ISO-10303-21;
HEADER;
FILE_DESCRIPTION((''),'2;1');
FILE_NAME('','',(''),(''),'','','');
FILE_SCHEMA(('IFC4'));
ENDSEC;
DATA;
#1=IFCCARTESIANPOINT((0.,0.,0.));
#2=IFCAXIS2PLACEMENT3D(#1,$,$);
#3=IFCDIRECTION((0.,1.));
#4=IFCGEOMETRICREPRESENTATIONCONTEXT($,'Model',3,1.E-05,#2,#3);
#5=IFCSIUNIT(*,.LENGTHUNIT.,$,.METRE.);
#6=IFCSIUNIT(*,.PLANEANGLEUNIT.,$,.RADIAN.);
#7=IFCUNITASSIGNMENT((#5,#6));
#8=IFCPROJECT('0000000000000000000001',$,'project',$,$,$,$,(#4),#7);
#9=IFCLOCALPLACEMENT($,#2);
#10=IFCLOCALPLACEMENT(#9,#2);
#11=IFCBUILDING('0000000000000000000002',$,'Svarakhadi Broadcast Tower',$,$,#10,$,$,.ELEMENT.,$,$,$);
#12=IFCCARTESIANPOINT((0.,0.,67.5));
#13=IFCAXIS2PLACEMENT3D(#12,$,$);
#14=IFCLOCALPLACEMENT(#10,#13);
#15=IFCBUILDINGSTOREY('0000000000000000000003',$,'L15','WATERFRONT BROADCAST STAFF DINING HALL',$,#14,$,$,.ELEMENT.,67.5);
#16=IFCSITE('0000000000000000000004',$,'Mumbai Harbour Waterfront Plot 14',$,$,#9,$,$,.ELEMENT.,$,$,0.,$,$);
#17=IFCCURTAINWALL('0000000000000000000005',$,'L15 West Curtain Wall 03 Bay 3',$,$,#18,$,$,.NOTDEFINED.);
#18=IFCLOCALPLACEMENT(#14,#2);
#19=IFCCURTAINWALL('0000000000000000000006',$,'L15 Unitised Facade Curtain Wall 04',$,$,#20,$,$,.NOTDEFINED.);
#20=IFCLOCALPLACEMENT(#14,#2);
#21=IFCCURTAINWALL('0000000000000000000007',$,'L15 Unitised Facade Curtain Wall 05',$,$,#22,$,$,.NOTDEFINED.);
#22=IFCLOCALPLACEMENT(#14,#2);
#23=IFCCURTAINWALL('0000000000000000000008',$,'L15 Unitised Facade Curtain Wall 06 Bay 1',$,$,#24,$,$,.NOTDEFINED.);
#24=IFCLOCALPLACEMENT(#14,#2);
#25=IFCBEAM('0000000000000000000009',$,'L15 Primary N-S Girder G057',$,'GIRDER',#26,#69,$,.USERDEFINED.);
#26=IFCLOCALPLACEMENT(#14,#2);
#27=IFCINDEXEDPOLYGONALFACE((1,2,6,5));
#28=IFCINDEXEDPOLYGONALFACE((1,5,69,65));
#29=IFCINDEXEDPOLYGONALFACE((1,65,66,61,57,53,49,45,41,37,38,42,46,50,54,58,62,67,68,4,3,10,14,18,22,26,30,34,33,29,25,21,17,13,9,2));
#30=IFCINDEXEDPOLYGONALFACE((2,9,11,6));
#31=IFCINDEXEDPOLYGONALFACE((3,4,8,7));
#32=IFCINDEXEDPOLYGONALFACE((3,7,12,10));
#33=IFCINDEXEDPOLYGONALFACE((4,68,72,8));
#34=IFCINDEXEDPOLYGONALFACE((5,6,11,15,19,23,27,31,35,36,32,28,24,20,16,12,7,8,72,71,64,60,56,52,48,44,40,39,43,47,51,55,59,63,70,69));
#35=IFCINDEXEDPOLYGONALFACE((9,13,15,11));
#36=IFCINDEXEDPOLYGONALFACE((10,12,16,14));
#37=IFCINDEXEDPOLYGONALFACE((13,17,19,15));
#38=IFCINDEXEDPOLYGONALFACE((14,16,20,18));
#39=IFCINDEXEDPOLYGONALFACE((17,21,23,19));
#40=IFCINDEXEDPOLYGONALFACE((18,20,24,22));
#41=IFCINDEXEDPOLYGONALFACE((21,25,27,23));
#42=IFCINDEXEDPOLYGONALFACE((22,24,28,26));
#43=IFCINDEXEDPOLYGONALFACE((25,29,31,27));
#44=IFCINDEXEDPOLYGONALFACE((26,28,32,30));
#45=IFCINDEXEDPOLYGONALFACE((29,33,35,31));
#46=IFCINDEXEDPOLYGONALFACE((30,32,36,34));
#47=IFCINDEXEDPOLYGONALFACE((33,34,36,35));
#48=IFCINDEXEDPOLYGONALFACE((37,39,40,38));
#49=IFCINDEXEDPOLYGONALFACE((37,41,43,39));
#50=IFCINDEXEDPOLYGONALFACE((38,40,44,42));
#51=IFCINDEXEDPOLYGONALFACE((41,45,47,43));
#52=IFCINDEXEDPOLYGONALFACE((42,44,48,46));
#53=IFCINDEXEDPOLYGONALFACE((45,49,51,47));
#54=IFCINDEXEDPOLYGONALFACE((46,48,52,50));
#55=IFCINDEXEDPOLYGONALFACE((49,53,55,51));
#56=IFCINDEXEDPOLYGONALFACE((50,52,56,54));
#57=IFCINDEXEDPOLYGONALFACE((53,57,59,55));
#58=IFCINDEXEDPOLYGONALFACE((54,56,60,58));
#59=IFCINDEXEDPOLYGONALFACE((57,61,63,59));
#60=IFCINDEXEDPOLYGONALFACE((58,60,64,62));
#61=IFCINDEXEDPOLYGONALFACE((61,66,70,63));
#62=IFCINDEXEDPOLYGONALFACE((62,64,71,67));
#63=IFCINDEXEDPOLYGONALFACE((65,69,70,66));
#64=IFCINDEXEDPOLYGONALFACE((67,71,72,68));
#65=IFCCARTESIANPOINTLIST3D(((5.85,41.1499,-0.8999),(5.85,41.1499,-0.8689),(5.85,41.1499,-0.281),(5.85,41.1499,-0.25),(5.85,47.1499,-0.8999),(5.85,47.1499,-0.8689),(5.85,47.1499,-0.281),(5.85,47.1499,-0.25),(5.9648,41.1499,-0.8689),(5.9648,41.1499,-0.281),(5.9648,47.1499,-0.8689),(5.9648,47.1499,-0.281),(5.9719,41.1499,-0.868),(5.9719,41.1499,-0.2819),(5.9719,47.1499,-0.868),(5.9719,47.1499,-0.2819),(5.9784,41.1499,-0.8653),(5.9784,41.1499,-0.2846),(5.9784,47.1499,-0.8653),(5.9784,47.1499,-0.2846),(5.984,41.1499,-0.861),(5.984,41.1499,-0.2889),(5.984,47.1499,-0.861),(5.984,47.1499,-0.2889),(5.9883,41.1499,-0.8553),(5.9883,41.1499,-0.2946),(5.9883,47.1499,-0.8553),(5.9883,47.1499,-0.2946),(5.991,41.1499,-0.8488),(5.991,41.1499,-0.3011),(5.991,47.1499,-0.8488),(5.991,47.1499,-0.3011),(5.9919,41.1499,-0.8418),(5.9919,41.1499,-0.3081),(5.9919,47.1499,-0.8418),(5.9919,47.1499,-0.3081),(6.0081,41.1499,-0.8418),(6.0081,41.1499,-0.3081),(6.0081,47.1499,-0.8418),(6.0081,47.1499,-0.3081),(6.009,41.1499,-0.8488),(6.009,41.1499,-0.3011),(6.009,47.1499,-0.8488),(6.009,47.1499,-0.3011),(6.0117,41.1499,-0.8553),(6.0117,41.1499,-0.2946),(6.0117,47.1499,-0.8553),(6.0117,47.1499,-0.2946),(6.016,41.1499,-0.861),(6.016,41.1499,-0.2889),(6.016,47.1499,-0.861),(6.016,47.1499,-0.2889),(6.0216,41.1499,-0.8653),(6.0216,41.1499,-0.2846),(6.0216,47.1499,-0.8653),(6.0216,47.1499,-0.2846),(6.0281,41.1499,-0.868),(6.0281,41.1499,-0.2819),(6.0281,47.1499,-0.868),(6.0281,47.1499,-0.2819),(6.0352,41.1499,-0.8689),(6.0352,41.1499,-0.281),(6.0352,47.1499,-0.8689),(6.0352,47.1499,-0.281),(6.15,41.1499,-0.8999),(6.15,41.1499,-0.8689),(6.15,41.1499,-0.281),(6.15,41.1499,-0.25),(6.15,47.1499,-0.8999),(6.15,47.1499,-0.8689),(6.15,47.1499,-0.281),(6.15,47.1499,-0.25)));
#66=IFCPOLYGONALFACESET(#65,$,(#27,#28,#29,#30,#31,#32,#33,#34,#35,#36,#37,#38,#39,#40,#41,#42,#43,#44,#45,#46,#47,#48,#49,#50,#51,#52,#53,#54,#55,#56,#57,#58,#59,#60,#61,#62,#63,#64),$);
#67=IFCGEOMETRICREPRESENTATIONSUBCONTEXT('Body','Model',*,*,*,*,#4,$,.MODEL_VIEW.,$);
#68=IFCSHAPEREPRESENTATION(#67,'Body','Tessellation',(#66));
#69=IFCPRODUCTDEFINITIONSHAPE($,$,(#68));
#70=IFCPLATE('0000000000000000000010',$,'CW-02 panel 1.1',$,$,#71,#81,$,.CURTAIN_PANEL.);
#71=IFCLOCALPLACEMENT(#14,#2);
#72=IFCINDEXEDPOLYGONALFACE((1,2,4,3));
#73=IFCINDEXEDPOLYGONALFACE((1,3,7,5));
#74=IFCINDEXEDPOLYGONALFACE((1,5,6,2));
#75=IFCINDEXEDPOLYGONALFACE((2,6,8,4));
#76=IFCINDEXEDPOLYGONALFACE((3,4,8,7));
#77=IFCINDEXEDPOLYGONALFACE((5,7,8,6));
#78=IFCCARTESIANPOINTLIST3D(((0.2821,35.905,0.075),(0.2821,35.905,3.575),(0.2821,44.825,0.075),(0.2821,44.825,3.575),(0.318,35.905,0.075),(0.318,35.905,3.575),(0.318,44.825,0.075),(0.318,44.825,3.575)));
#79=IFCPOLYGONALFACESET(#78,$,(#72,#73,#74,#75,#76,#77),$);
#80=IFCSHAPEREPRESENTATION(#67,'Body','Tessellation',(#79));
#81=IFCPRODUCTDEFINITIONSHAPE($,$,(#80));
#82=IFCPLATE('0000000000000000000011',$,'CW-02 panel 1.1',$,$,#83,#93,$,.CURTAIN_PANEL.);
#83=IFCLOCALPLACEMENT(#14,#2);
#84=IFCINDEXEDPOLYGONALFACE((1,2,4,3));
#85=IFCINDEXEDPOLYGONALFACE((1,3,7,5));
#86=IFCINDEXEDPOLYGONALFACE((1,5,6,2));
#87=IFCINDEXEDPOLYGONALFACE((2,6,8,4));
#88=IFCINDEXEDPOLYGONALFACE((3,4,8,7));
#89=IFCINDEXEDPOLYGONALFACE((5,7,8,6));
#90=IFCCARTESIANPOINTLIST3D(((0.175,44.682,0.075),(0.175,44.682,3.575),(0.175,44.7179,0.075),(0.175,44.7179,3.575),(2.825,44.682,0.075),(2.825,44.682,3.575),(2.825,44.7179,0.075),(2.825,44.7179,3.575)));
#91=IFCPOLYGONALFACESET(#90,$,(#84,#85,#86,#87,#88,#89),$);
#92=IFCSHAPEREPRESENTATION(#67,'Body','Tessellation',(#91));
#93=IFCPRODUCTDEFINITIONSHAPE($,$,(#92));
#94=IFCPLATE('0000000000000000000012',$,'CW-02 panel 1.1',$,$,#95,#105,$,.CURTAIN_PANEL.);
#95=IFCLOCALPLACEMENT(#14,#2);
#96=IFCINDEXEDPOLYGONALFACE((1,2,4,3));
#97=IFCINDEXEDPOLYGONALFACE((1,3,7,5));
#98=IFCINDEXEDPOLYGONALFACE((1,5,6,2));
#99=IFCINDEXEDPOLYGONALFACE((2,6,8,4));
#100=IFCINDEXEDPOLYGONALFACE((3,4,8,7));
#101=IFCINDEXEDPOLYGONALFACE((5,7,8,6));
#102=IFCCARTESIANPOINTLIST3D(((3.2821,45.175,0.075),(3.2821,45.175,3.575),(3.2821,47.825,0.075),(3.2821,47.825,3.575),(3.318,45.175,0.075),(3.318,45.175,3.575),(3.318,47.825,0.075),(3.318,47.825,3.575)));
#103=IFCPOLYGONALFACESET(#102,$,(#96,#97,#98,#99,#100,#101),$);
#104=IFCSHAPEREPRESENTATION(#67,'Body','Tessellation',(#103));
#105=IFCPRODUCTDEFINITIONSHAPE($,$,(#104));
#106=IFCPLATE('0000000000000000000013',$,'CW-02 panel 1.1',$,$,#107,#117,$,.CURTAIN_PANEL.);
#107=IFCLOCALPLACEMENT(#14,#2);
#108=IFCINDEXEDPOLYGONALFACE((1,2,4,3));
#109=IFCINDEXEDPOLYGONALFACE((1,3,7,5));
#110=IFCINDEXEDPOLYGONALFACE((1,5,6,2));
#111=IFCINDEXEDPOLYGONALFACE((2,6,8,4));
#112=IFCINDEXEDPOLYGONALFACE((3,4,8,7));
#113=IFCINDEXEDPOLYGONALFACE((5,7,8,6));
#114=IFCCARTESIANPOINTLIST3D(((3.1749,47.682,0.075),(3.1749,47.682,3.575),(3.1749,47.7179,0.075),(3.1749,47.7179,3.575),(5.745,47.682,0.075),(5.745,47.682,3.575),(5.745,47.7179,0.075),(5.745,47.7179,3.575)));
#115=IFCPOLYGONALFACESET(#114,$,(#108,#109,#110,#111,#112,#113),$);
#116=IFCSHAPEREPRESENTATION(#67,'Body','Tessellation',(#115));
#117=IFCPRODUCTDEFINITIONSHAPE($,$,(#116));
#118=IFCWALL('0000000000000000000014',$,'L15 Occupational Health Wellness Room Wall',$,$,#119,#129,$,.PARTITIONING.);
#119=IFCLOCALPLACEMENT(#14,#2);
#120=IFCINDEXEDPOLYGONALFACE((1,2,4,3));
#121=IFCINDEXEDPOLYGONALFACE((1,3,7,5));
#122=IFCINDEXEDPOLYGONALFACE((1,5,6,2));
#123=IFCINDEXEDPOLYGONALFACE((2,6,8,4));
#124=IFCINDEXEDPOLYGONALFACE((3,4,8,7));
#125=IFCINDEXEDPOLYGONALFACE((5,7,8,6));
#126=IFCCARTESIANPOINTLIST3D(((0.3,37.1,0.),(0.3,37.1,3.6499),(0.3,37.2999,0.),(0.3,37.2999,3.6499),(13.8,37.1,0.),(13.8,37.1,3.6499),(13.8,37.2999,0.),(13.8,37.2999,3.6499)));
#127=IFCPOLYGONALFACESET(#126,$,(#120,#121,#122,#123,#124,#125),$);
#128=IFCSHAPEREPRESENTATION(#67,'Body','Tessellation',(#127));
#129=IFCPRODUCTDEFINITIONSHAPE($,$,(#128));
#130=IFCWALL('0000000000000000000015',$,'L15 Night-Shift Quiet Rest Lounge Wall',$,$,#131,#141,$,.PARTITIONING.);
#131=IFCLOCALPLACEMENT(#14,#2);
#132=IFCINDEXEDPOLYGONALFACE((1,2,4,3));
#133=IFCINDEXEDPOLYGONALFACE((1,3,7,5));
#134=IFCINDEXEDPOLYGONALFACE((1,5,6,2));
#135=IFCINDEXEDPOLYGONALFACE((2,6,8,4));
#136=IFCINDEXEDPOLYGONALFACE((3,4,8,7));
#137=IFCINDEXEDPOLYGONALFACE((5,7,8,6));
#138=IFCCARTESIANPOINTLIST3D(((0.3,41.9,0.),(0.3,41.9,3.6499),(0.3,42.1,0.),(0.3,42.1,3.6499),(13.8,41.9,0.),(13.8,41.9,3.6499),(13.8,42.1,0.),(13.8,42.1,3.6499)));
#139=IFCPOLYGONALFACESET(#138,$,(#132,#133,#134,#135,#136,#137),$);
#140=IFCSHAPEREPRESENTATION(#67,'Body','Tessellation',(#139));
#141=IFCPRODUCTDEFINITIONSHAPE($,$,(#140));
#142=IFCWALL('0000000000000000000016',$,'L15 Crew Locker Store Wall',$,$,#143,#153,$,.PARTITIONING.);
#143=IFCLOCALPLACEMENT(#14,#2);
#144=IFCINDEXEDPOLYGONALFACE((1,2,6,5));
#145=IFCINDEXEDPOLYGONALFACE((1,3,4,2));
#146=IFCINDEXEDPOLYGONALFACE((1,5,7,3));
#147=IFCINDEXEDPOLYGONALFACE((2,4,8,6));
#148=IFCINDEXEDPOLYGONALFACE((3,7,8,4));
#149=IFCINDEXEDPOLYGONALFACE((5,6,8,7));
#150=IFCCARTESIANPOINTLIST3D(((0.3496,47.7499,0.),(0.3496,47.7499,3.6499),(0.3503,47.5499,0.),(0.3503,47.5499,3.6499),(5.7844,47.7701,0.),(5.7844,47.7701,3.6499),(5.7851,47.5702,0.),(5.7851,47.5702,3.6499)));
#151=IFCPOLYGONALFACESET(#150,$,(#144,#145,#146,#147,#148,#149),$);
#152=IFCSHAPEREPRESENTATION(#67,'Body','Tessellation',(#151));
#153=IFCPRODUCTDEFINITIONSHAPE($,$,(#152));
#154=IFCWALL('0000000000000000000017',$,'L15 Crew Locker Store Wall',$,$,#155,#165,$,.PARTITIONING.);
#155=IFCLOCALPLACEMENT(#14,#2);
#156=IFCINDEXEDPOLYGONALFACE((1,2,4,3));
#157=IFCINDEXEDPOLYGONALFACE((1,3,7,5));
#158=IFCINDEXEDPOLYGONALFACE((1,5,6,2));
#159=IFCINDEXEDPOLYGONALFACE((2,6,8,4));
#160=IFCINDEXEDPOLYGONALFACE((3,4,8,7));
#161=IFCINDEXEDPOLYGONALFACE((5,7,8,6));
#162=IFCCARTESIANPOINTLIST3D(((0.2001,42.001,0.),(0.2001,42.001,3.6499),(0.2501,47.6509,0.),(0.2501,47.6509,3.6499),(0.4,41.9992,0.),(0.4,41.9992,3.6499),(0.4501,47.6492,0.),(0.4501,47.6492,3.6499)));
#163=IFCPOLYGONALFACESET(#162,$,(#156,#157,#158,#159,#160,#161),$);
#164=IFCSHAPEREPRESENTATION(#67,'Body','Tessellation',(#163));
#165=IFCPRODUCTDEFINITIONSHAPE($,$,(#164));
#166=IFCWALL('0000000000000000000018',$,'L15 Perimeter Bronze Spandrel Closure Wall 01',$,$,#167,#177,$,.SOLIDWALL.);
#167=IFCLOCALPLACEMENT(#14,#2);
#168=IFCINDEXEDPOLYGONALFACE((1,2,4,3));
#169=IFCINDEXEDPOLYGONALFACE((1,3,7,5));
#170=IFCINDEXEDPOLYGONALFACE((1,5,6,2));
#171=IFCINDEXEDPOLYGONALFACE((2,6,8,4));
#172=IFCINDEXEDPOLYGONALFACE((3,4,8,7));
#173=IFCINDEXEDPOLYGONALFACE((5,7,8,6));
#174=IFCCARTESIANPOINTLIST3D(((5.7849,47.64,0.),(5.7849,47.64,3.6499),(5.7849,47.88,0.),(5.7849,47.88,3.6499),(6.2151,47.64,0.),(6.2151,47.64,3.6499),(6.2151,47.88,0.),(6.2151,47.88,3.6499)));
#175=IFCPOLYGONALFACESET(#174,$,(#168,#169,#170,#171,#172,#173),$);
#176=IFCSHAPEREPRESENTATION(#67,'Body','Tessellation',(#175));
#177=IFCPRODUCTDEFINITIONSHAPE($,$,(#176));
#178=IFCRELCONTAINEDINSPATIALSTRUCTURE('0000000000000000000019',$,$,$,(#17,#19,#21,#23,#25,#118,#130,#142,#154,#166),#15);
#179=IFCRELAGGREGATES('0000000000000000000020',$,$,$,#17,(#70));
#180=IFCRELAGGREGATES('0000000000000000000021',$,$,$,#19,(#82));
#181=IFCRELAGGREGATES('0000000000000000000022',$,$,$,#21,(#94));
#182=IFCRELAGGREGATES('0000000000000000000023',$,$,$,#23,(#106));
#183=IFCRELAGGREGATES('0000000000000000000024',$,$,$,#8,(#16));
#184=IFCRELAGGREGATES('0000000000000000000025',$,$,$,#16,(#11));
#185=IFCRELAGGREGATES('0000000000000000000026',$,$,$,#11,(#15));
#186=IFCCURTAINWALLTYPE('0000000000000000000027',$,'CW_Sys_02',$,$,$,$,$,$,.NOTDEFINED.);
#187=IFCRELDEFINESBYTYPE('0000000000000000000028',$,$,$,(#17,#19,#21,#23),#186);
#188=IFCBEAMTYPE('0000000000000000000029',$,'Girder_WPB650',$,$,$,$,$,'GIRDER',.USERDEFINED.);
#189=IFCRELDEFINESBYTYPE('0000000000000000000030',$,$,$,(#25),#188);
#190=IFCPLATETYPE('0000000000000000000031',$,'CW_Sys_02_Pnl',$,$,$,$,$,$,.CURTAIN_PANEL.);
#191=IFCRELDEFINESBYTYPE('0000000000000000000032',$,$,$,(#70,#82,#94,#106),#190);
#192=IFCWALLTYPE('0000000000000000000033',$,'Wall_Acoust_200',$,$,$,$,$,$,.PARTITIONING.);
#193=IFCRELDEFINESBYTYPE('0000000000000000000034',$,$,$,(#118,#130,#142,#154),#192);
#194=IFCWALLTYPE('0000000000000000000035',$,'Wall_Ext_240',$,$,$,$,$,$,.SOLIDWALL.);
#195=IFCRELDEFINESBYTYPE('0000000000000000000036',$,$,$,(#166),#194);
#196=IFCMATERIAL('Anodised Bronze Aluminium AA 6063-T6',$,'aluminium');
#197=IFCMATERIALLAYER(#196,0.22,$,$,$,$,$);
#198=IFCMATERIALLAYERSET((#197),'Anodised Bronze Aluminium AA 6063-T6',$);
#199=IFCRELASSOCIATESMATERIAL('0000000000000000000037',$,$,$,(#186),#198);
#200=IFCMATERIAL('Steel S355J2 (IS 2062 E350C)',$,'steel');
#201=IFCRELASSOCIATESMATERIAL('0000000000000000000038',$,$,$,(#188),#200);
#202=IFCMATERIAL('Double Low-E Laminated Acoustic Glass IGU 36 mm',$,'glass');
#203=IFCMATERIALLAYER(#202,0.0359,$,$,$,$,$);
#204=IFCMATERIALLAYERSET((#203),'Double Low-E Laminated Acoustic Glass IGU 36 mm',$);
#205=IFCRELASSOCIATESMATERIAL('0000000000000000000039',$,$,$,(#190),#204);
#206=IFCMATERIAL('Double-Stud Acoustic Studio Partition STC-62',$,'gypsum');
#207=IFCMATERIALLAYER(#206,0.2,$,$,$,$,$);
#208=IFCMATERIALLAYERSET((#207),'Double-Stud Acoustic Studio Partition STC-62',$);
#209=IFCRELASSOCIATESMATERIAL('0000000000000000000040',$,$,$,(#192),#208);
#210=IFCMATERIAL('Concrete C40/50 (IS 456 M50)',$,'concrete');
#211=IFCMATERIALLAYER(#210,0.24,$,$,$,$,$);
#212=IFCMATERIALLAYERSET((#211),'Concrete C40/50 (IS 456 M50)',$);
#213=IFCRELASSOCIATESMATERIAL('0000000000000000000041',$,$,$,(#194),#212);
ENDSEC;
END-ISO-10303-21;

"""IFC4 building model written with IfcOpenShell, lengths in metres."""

from ifc_helpers import new_model, si_unit, direction, frame, frame_2d, origin, origin_2d, place, context, subcontext, project, spatial, rectangle, i_section, extrude, material, layer, layer_set, material_profile, profile_set, type_object, element, aggregate, save


model = new_model("IFC4")

# Units and contexts
model_context = context("Model", 3, precision=1e-05, world=origin(), true_north=direction((0.0, 1.0)))
body_context = subcontext(model_context, "Body", "Model", "MODEL_VIEW")
ifc_project = project(units=[si_unit("LENGTHUNIT", "METRE"), si_unit("PLANEANGLEUNIT", "RADIAN")], contexts=[model_context])

# Site, building, storey
site_placement = place(None, origin())
site = spatial("IfcSite", under=ifc_project, at=site_placement, Name="Mumbai Harbour Waterfront Plot 14", CompositionType="ELEMENT", RefElevation=0.0)
building_placement = place(site_placement, origin())
building = spatial("IfcBuilding", under=site, at=building_placement, Name="Svarakhadi Broadcast Tower", CompositionType="ELEMENT")
storey_placement = place(building_placement, frame((0.0, 0.0, 67.5)))
storey = spatial("IfcBuildingStorey", under=building, at=storey_placement, Name="L15", Description="WATERFRONT BROADCAST STAFF DINING HALL", CompositionType="ELEMENT", Elevation=67.5)

# Shared definitions
ifc_material_1 = material(Name="Steel S355J2 (IS 2062 E350C)", Category="steel")

# Curtain walls
ifc_material_2 = material(Name="Anodised Bronze Aluminium AA 6063-T6", Category="aluminium")
ifc_layer_1 = layer(ifc_material_2, 0.22)
ifc_layer_set_1 = layer_set([ifc_layer_1], Name="Anodised Bronze Aluminium AA 6063-T6")
curtain_wall_type = type_object("IfcCurtainWallType", Name="CW_Sys_02", PredefinedType="NOTDEFINED", material=ifc_layer_set_1)
curtain_wall_1_placement = place(storey_placement, origin())
curtain_wall_1 = element("IfcCurtainWall", 1, at=curtain_wall_1_placement, inside=storey, type_object=curtain_wall_type, Name="L15 West Curtain Wall 03 Bay 3", PredefinedType="NOTDEFINED")
curtain_wall_2_placement = place(storey_placement, origin())
curtain_wall_2 = element("IfcCurtainWall", 2, at=curtain_wall_2_placement, inside=storey, type_object=curtain_wall_type, Name="L15 Unitised Facade Curtain Wall 04", PredefinedType="NOTDEFINED")
curtain_wall_3_placement = place(storey_placement, origin())
curtain_wall_3 = element("IfcCurtainWall", 3, at=curtain_wall_3_placement, inside=storey, type_object=curtain_wall_type, Name="L15 Unitised Facade Curtain Wall 05", PredefinedType="NOTDEFINED")
curtain_wall_4_placement = place(storey_placement, origin())
curtain_wall_4 = element("IfcCurtainWall", 4, at=curtain_wall_4_placement, inside=storey, type_object=curtain_wall_type, Name="L15 Unitised Facade Curtain Wall 06 Bay 1", PredefinedType="NOTDEFINED")

# Beam
ifc_material_profile_1 = material_profile(ifc_material_1, i_section(OverallWidth=0.3, OverallDepth=0.6499, WebThickness=0.0161, FlangeThickness=0.031, FilletRadius=0.0271, at=origin_2d()), Name="WPB 650x300x225")
ifc_profile_set_1 = profile_set([ifc_material_profile_1], Name="Steel S355J2 (IS 2062 E350C)")
beam_type_1 = type_object("IfcBeamType", Name="Girder_WPB650", ElementType="GIRDER", PredefinedType="USERDEFINED", material=ifc_profile_set_1)
for number, where, z_axis, x_axis, name in (
    (5, (6.0, 41.1499, -0.575), (0.0, 1.0, 0.0), (-1.0, 0.0, 0.0), "L15 Primary N-S Girder G057"),
):
    element("IfcBeam", number, at=place(storey_placement, frame(where, z_axis=z_axis, x_axis=x_axis)), inside=storey, type_object=beam_type_1, Name=name, ObjectType="GIRDER", PredefinedType="USERDEFINED", context=body_context, shape_type="SweptSolid", body=[
        extrude(i_section(OverallWidth=0.3, OverallDepth=0.6499, WebThickness=0.0161, FlangeThickness=0.031, FilletRadius=0.0271, at=origin_2d()), origin(), (0.0, 0.0, 1.0), 6.0),
    ])

# Plates
ifc_material_3 = material(Name="Double Low-E Laminated Acoustic Glass IGU 36 mm", Category="glass")
ifc_layer_2 = layer(ifc_material_3, 0.0359)
ifc_layer_set_2 = layer_set([ifc_layer_2], Name="Double Low-E Laminated Acoustic Glass IGU 36 mm")
plate_type = type_object("IfcPlateType", Name="CW_Sys_02_Pnl", PredefinedType="CURTAIN_PANEL", material=ifc_layer_set_2)
plate_1_placement = place(storey_placement, frame((0.3, 40.365, 0.075), z_axis=(0.0, 0.0, 1.0), x_axis=(0.0, 1.0, 0.0)))
plate_1 = element("IfcPlate", 6, at=plate_1_placement, type_object=plate_type, Name="CW-02 panel 1.1", PredefinedType="CURTAIN_PANEL", context=body_context, shape_type="SweptSolid", body=[
    extrude(rectangle(XDim=8.9199, YDim=0.0359, at=origin_2d()), origin(), (0.0, 0.0, 1.0), 3.5),
])
aggregate(curtain_wall_1, [plate_1])
plate_2_placement = place(storey_placement, frame((1.5, 44.7, 0.075), z_axis=(0.0, 0.0, 1.0), x_axis=(1.0, 0.0, 0.0)))
plate_2 = element("IfcPlate", 7, at=plate_2_placement, type_object=plate_type, Name="CW-02 panel 1.1", PredefinedType="CURTAIN_PANEL", context=body_context, shape_type="SweptSolid", body=[
    extrude(rectangle(XDim=2.6499, YDim=0.0359, at=origin_2d()), origin(), (0.0, 0.0, 1.0), 3.5),
])
aggregate(curtain_wall_2, [plate_2])
plate_3_placement = place(storey_placement, frame((3.3, 46.5, 0.075), z_axis=(0.0, 0.0, 1.0), x_axis=(0.0, 1.0, 0.0)))
plate_3 = element("IfcPlate", 8, at=plate_3_placement, type_object=plate_type, Name="CW-02 panel 1.1", PredefinedType="CURTAIN_PANEL", context=body_context, shape_type="SweptSolid", body=[
    extrude(rectangle(XDim=2.6499, YDim=0.0359, at=origin_2d()), origin(), (0.0, 0.0, 1.0), 3.5),
])
aggregate(curtain_wall_3, [plate_3])
plate_4_placement = place(storey_placement, frame((4.46, 47.7, 0.075), z_axis=(0.0, 0.0, 1.0), x_axis=(1.0, 0.0, 0.0)))
plate_4 = element("IfcPlate", 9, at=plate_4_placement, type_object=plate_type, Name="CW-02 panel 1.1", PredefinedType="CURTAIN_PANEL", context=body_context, shape_type="SweptSolid", body=[
    extrude(rectangle(XDim=2.5701, YDim=0.0359, at=origin_2d()), origin(), (0.0, 0.0, 1.0), 3.5),
])
aggregate(curtain_wall_4, [plate_4])

# Walls
ifc_material_4 = material(Name="Double-Stud Acoustic Studio Partition STC-62", Category="gypsum")
ifc_layer_3 = layer(ifc_material_4, 0.2)
ifc_layer_set_3 = layer_set([ifc_layer_3], Name="Double-Stud Acoustic Studio Partition STC-62")
wall_type_1 = type_object("IfcWallType", Name="Wall_Acoust_200", PredefinedType="PARTITIONING", material=ifc_layer_set_3)
for number, where, z_axis, x_axis, name in (
    (10, (0.3, 37.2, 0.0), (0.0, 0.0, 1.0), (1.0, 0.0, 0.0), "L15 Occupational Health Wellness Room Wall"),
    (11, (0.3, 42.0, 0.0), (0.0, 0.0, 1.0), (1.0, 0.0, 0.0), "L15 Night-Shift Quiet Rest Lounge Wall"),
):
    element("IfcWall", number, at=place(storey_placement, frame(where, z_axis=z_axis, x_axis=x_axis)), inside=storey, type_object=wall_type_1, Name=name, PredefinedType="PARTITIONING", context=body_context, shape_type="SweptSolid", body=[
        extrude(rectangle(XDim=13.5, YDim=0.2, at=frame_2d((6.75, 0.0))), origin(), (0.0, 0.0, 1.0), 3.6499),
    ])
wall_1_placement = place(storey_placement, frame((0.3501, 47.6499, 0.0), z_axis=(0.0, 0.0, 1.0), x_axis=(0.999993, 0.003728, 0.0)))
element("IfcWall", 12, at=wall_1_placement, inside=storey, type_object=wall_type_1, Name="L15 Crew Locker Store Wall", PredefinedType="PARTITIONING", context=body_context, shape_type="SweptSolid", body=[
    extrude(rectangle(XDim=5.4348, YDim=0.2, at=frame_2d((2.7173, 0.0))), origin(), (0.0, 0.0, 1.0), 3.6499),
])
wall_2_placement = place(storey_placement, frame((0.3, 42.0, 0.0), z_axis=(0.0, 0.0, 1.0), x_axis=(0.008858, 0.999961, 0.0)))
element("IfcWall", 13, at=wall_2_placement, inside=storey, type_object=wall_type_1, Name="L15 Crew Locker Store Wall", PredefinedType="PARTITIONING", context=body_context, shape_type="SweptSolid", body=[
    extrude(rectangle(XDim=5.6501, YDim=0.2, at=frame_2d((2.8252, 0.0))), origin(), (0.0, 0.0, 1.0), 3.6499),
])
ifc_material_5 = material(Name="Concrete C40/50 (IS 456 M50)", Category="concrete")
ifc_layer_4 = layer(ifc_material_5, 0.24)
ifc_layer_set_4 = layer_set([ifc_layer_4], Name="Concrete C40/50 (IS 456 M50)")
wall_type_2 = type_object("IfcWallType", Name="Wall_Ext_240", PredefinedType="SOLIDWALL", material=ifc_layer_set_4)
wall_3_placement = place(storey_placement, frame((5.7849, 47.76, 0.0), z_axis=(0.0, 0.0, 1.0), x_axis=(1.0, 0.0, 0.0)))
element("IfcWall", 14, at=wall_3_placement, inside=storey, type_object=wall_type_2, Name="L15 Perimeter Bronze Spandrel Closure Wall 01", PredefinedType="SOLIDWALL", context=body_context, shape_type="SweptSolid", body=[
    extrude(rectangle(XDim=0.4302, YDim=0.24, at=frame_2d((0.2151, 0.0))), origin(), (0.0, 0.0, 1.0), 3.6499),
])

save(model, "model.ifc")
